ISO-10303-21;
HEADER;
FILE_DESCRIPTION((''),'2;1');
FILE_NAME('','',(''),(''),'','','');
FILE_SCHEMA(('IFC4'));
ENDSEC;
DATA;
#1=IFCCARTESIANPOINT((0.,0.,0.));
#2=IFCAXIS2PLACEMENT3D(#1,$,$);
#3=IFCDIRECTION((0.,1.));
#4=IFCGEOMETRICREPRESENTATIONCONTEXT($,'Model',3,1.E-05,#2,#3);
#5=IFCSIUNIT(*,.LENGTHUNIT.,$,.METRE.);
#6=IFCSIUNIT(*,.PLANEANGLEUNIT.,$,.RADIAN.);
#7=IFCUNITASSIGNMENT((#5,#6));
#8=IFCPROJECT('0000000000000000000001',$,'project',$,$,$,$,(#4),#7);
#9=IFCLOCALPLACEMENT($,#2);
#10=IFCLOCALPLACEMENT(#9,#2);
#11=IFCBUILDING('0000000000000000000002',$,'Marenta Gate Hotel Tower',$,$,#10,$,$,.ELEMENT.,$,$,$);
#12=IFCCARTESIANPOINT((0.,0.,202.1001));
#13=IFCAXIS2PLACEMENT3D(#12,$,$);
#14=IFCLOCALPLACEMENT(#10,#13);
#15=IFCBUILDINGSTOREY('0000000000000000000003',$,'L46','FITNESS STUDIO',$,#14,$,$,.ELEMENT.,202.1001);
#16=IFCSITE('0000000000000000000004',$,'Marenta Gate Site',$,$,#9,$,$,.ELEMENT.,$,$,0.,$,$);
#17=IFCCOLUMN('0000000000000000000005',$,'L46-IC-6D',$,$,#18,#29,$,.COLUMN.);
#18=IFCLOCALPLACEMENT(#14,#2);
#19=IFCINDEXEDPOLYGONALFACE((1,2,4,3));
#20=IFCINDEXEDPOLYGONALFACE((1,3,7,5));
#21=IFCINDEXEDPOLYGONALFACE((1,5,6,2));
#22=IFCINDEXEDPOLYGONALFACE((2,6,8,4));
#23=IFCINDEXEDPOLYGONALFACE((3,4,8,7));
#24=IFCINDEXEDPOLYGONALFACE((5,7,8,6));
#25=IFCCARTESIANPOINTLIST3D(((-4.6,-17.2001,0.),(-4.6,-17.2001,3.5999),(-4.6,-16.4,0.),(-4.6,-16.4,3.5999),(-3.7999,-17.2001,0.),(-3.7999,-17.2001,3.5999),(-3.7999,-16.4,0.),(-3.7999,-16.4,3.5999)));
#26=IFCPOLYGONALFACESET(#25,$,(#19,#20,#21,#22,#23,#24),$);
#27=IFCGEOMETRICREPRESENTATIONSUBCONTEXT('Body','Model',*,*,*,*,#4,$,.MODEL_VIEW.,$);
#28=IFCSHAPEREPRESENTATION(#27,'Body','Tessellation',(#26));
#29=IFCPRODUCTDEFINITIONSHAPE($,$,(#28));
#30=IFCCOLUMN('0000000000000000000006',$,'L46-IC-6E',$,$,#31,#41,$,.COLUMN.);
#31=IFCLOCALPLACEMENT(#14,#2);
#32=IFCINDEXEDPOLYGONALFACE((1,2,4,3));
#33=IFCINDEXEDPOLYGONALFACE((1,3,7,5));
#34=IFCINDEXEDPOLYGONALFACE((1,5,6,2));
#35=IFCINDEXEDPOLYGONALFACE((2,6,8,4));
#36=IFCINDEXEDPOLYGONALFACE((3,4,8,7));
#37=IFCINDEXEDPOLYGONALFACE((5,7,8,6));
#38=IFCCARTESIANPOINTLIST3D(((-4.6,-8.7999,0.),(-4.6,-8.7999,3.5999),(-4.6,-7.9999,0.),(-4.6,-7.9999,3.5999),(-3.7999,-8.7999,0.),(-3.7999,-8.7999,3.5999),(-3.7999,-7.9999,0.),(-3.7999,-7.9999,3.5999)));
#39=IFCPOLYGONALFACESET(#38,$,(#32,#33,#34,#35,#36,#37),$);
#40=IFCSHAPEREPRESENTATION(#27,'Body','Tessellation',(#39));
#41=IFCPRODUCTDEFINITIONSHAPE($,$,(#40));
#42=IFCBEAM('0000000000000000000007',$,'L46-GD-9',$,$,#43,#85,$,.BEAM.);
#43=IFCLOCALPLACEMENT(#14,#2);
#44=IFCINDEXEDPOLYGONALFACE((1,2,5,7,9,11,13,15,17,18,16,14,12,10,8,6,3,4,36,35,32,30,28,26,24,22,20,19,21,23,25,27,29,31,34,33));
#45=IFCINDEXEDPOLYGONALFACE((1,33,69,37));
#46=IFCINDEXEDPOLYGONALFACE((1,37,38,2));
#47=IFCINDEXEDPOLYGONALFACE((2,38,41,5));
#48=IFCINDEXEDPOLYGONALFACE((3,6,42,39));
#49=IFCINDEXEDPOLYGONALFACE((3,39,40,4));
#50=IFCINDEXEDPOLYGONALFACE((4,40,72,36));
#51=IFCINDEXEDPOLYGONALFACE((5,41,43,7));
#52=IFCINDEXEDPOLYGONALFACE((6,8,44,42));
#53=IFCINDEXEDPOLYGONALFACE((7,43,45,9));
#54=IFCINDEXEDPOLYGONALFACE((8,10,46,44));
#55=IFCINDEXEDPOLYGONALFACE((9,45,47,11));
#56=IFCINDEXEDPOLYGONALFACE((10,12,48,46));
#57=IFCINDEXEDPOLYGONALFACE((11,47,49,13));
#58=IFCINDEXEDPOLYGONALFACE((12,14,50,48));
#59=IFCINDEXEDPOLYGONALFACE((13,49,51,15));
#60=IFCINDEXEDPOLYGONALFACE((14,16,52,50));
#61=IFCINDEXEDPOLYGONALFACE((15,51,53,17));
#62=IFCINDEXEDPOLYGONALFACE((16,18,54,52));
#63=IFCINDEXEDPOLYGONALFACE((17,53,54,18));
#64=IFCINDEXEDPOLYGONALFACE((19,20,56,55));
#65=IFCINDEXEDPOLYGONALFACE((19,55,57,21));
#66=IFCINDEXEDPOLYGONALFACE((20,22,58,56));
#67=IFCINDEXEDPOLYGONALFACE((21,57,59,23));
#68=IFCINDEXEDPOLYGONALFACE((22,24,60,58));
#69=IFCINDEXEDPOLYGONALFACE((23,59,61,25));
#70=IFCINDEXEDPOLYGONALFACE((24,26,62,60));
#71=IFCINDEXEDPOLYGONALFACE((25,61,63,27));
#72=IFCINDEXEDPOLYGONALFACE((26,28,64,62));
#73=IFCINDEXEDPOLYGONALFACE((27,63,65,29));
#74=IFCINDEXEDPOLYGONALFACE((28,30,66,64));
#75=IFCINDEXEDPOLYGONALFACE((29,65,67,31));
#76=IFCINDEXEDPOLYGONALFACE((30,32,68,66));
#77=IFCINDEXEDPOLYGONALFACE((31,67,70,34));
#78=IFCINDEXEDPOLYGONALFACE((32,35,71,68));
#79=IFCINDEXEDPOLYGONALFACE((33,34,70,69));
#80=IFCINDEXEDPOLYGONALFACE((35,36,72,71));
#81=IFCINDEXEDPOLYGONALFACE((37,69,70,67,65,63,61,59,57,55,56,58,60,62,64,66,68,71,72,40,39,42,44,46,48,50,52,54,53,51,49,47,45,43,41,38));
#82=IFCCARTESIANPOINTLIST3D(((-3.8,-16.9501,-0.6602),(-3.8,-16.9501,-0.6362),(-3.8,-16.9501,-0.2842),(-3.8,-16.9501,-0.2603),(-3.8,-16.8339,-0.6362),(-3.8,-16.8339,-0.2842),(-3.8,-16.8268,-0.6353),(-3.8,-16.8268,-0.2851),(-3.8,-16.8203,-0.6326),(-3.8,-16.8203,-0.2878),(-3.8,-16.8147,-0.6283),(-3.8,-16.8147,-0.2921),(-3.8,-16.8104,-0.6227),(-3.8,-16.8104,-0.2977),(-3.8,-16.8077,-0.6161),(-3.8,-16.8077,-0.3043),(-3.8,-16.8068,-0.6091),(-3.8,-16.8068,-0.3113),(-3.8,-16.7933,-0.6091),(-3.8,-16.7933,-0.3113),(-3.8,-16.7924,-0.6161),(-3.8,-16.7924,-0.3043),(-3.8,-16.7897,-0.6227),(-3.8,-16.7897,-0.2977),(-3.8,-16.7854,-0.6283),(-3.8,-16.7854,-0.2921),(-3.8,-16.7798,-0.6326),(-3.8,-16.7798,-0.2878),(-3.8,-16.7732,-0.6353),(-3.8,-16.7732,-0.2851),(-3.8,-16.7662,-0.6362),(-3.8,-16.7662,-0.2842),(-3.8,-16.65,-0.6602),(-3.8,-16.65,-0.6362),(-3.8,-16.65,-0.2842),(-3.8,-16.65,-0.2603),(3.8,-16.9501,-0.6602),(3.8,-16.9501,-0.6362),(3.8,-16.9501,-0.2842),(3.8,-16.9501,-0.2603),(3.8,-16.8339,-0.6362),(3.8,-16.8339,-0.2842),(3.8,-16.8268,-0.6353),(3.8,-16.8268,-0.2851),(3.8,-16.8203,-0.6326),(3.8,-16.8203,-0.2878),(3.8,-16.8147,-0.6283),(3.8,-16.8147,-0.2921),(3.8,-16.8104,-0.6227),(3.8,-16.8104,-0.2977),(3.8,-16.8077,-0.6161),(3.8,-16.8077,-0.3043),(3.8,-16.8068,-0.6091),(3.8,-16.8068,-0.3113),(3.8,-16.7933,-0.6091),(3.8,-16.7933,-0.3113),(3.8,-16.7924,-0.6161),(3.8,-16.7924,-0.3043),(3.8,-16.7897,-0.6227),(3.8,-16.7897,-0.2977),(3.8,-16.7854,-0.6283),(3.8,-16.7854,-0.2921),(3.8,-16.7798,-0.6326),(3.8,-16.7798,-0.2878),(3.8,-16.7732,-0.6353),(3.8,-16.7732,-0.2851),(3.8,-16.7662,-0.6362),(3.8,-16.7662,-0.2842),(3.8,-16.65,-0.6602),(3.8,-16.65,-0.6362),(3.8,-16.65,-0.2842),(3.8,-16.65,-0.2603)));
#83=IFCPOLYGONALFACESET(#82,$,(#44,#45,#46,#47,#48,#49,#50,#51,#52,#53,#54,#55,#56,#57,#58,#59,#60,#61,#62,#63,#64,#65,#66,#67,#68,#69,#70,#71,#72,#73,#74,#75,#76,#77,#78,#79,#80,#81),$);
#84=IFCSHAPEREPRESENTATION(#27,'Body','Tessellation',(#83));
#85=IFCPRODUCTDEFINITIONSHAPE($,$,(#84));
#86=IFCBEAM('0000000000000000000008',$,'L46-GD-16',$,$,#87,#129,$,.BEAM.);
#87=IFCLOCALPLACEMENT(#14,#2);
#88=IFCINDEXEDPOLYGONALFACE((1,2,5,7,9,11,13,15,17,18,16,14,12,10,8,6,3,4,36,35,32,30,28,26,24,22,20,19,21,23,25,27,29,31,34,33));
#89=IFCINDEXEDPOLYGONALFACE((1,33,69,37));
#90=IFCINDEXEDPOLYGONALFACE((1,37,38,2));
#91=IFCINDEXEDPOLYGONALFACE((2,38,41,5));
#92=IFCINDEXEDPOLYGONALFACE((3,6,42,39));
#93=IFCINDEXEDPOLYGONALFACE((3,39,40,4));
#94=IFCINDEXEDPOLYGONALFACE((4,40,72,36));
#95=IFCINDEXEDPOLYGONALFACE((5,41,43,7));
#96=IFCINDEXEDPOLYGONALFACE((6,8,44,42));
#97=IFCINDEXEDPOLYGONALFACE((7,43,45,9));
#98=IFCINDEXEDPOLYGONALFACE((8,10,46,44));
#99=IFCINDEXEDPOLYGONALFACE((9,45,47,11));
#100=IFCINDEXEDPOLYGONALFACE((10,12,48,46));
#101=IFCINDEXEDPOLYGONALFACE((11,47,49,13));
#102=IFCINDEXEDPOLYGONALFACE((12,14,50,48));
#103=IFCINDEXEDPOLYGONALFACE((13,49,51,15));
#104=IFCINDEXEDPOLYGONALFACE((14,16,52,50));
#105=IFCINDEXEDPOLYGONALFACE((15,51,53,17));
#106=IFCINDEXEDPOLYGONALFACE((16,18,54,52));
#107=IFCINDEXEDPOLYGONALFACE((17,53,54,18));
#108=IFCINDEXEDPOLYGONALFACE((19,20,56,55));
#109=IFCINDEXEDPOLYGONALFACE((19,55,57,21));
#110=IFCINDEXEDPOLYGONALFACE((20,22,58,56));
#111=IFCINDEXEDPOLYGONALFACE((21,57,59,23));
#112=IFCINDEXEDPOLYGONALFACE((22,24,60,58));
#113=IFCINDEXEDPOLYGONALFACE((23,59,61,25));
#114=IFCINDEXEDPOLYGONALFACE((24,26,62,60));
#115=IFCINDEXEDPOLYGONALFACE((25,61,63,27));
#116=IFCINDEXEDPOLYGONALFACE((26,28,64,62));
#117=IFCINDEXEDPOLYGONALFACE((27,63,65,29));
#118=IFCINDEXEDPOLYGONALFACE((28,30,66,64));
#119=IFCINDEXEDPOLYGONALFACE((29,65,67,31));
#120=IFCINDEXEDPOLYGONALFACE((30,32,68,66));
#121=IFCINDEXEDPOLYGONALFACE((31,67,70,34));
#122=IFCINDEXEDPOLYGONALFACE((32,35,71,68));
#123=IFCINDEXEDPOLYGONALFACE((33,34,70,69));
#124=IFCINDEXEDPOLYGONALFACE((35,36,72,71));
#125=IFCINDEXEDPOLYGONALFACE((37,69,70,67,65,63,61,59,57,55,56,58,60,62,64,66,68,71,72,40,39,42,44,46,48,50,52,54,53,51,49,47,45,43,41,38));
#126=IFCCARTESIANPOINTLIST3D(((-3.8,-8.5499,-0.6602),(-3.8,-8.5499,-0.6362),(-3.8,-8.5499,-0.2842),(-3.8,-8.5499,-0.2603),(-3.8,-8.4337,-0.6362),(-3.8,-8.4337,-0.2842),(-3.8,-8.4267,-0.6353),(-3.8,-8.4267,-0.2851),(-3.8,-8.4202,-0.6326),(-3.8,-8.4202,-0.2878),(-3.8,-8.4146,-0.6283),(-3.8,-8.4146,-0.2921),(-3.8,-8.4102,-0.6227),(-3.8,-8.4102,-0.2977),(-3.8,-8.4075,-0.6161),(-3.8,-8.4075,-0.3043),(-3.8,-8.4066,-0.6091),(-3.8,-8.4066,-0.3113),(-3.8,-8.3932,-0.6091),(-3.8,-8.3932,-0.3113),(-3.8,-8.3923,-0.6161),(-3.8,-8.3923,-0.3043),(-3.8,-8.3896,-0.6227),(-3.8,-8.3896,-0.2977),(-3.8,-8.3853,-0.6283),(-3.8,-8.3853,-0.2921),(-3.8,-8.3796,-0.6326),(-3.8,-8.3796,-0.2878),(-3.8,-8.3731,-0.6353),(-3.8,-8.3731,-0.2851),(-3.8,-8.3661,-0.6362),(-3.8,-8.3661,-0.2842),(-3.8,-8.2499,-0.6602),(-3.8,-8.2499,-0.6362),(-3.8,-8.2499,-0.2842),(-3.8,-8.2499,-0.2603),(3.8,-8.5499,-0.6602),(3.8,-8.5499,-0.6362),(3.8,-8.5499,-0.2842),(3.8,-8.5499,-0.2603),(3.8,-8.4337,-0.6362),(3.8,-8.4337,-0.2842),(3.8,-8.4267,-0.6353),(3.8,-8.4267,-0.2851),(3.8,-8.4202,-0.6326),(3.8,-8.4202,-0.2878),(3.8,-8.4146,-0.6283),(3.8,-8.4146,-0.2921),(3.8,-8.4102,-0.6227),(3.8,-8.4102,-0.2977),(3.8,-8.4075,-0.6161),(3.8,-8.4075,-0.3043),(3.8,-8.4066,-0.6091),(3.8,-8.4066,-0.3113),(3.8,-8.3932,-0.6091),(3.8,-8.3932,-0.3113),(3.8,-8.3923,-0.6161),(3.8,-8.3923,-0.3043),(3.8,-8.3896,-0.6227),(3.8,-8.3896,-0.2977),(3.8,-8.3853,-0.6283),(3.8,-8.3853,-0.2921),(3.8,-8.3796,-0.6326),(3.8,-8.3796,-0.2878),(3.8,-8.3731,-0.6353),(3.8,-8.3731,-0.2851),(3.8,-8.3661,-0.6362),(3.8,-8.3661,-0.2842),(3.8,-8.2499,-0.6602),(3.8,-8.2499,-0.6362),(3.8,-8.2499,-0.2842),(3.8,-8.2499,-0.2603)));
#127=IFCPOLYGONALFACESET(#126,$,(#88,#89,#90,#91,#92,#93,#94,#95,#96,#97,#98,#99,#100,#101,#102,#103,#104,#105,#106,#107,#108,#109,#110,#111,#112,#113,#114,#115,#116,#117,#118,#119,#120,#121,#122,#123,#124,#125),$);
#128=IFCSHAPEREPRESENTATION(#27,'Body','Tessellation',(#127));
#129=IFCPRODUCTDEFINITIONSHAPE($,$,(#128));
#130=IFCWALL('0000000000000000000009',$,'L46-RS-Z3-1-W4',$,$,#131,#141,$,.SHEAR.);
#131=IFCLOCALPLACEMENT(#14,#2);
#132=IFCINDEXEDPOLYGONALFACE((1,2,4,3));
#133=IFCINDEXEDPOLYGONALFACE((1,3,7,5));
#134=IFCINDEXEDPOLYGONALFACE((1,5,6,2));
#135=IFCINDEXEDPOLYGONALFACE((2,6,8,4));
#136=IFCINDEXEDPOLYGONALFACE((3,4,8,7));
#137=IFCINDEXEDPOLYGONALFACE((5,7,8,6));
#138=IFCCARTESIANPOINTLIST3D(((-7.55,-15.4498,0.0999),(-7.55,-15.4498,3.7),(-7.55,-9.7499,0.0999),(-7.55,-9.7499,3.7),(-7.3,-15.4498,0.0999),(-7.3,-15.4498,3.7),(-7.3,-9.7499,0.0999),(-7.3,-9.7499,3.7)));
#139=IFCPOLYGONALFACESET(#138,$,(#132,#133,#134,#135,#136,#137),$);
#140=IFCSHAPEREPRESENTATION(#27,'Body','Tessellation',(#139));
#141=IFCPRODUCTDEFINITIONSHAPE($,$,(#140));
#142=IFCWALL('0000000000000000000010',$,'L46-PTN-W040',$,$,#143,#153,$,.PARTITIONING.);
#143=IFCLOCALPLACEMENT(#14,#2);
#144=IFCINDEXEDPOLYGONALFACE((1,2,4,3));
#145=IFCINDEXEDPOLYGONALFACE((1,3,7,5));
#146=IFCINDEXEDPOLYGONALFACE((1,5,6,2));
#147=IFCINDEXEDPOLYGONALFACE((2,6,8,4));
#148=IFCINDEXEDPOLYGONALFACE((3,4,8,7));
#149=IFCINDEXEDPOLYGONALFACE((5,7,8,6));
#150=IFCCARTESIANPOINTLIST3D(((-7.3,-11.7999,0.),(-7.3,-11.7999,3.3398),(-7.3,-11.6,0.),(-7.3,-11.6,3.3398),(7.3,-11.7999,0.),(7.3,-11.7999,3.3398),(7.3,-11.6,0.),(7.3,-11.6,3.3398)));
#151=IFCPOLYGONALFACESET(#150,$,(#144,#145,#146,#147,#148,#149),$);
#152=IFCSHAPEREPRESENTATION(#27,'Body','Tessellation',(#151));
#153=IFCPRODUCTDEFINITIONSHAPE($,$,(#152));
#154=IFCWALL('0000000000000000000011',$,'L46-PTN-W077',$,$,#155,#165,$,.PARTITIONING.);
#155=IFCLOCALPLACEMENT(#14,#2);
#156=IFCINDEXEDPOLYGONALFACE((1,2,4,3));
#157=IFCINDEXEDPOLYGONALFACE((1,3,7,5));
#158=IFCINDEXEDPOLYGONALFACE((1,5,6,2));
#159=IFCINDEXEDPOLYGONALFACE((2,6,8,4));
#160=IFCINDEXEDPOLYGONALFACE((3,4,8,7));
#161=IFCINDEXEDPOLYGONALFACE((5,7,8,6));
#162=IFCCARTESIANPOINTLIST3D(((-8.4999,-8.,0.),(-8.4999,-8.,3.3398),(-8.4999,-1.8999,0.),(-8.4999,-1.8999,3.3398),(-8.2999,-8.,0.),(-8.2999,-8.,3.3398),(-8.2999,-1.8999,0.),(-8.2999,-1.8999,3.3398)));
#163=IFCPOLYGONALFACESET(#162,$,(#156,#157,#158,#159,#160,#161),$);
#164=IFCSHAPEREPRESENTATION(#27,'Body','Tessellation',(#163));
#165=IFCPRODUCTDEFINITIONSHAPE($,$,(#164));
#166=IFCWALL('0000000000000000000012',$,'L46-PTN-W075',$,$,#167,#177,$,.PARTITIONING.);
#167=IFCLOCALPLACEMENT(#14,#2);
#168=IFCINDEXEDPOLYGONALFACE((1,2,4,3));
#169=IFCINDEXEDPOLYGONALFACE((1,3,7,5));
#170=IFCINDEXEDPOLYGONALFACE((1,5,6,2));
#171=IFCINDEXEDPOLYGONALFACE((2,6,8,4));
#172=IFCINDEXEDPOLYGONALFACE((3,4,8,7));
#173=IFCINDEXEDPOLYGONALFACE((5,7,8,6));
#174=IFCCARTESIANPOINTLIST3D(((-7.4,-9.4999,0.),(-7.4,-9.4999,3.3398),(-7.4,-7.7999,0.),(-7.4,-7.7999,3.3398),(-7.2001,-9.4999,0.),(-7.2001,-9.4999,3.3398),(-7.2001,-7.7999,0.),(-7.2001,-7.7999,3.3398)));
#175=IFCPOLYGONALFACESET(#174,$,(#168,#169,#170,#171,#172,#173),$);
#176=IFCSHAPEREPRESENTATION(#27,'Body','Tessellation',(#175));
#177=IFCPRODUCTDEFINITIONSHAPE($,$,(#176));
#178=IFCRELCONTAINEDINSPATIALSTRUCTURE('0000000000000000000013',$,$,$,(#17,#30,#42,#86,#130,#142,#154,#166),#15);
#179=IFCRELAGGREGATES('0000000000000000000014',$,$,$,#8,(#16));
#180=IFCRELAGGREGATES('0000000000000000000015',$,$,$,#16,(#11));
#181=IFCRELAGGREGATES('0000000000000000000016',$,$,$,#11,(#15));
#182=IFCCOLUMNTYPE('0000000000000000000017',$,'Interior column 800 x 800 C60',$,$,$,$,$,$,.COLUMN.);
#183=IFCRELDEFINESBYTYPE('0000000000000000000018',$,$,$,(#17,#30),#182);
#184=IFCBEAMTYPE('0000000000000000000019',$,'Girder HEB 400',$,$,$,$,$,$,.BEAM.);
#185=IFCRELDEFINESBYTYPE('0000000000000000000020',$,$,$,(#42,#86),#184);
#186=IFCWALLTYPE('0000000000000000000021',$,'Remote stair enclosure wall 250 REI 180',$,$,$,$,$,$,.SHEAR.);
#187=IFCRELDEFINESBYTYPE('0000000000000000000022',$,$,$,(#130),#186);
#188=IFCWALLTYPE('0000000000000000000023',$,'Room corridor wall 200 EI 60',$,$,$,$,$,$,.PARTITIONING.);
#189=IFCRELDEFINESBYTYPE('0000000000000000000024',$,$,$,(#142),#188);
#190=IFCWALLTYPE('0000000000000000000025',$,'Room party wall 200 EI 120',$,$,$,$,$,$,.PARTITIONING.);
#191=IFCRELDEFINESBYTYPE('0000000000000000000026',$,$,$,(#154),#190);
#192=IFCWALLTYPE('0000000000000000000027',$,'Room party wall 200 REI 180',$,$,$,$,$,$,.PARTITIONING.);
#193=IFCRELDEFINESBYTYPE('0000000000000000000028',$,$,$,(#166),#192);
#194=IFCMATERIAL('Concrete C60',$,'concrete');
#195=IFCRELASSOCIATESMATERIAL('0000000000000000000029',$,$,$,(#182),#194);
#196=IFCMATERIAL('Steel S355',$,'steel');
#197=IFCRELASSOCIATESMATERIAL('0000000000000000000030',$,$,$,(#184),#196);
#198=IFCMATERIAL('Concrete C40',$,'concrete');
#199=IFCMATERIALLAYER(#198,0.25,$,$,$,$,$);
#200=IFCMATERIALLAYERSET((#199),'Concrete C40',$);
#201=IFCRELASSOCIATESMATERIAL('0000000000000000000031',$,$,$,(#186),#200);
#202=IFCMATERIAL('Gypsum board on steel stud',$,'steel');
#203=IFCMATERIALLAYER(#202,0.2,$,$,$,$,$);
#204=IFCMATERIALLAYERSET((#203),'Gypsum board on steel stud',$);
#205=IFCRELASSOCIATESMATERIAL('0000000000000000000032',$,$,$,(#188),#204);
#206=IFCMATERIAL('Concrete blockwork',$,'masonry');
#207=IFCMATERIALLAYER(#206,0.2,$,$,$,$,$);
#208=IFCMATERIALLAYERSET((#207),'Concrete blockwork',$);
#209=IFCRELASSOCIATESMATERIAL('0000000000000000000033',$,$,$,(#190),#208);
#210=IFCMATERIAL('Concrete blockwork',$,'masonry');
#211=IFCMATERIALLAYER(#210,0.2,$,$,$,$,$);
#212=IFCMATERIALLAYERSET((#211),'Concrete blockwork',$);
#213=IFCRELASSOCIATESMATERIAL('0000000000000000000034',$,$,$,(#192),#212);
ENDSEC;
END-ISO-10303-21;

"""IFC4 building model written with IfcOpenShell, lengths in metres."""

from ifc_helpers import new_model, si_unit, direction, frame, frame_2d, origin, origin_2d, place, context, subcontext, project, spatial, rectangle, i_section, extrude, material, layer, layer_set, material_profile, profile_set, type_object, element, save


model = new_model("IFC4")

# Units and contexts
model_context = context("Model", 3, precision=1e-05, world=origin(), true_north=direction((0.0, 1.0)))
body_context = subcontext(model_context, "Body", "Model", "MODEL_VIEW")
ifc_project = project(units=[si_unit("LENGTHUNIT", "METRE"), si_unit("PLANEANGLEUNIT", "RADIAN")], contexts=[model_context])

# Site, building, storey
site_placement = place(None, origin())
site = spatial("IfcSite", under=ifc_project, at=site_placement, Name="Marenta Gate Site", CompositionType="ELEMENT", RefElevation=0.0)
building_placement = place(site_placement, origin())
building = spatial("IfcBuilding", under=site, at=building_placement, Name="Marenta Gate Hotel Tower", CompositionType="ELEMENT")
storey_placement = place(building_placement, frame((0.0, 0.0, 202.1001)))
storey = spatial("IfcBuildingStorey", under=building, at=storey_placement, Name="L46", Description="FITNESS STUDIO", CompositionType="ELEMENT", Elevation=202.1001)

# Columns
ifc_material_1 = material(Name="Concrete C60", Category="concrete")
ifc_material_profile_1 = material_profile(ifc_material_1, rectangle(XDim=0.8, YDim=0.8, at=origin_2d()), Name="800 x 800")
ifc_profile_set_1 = profile_set([ifc_material_profile_1], Name="Concrete C60")
column_type = type_object("IfcColumnType", Name="Interior column 800 x 800 C60", PredefinedType="COLUMN", material=ifc_profile_set_1)
for number, where, z_axis, x_axis, name in (
    (1, (-4.2, -16.8, 0.0), (0.0, 0.0, 1.0), (1.0, 0.0, 0.0), "L46-IC-6D"),
    (2, (-4.2, -8.3999, 0.0), (0.0, 0.0, 1.0), (1.0, 0.0, 0.0), "L46-IC-6E"),
):
    element("IfcColumn", number, at=place(storey_placement, frame(where, z_axis=z_axis, x_axis=x_axis)), inside=storey, type_object=column_type, Name=name, PredefinedType="COLUMN", context=body_context, shape_type="SweptSolid", body=[
        extrude(rectangle(XDim=0.8, YDim=0.8, at=origin_2d()), origin(), (0.0, 0.0, 1.0), 3.5999),
    ])

# Beams
ifc_material_2 = material(Name="Steel S355", Category="steel")
ifc_material_profile_2 = material_profile(ifc_material_2, i_section(OverallWidth=0.3, OverallDepth=0.3999, WebThickness=0.0134, FlangeThickness=0.0239, FilletRadius=0.0271, at=origin_2d()), Name="HEB 400")
ifc_profile_set_2 = profile_set([ifc_material_profile_2], Name="Steel S355")
beam_type = type_object("IfcBeamType", Name="Girder HEB 400", PredefinedType="BEAM", material=ifc_profile_set_2)
for number, where, z_axis, x_axis, name in (
    (3, (-3.8, -16.8, -0.4602), (1.0, 0.0, 0.0), (0.0, 1.0, 0.0), "L46-GD-9"),
    (4, (-3.8, -8.3999, -0.4602), (1.0, 0.0, 0.0), (0.0, 1.0, 0.0), "L46-GD-16"),
):
    element("IfcBeam", number, at=place(storey_placement, frame(where, z_axis=z_axis, x_axis=x_axis)), inside=storey, type_object=beam_type, Name=name, PredefinedType="BEAM", context=body_context, shape_type="SweptSolid", body=[
        extrude(i_section(OverallWidth=0.3, OverallDepth=0.3999, WebThickness=0.0134, FlangeThickness=0.0239, FilletRadius=0.0271, at=origin_2d()), origin(), (0.0, 0.0, 1.0), 7.6001),
    ])

# Wall
ifc_material_3 = material(Name="Concrete C40", Category="concrete")
ifc_layer_1 = layer(ifc_material_3, 0.25)
ifc_layer_set_1 = layer_set([ifc_layer_1], Name="Concrete C40")
wall_type_1 = type_object("IfcWallType", Name="Remote stair enclosure wall 250 REI 180", PredefinedType="SHEAR", material=ifc_layer_set_1)
wall_1_placement = place(storey_placement, frame((-7.425, -15.45, 0.0999), z_axis=(0.0, 0.0, 1.0), x_axis=(0.0, 1.0, 0.0)))
element("IfcWall", 5, at=wall_1_placement, inside=storey, type_object=wall_type_1, Name="L46-RS-Z3-1-W4", PredefinedType="SHEAR", context=body_context, shape_type="SweptSolid", body=[
    extrude(rectangle(XDim=5.7, YDim=0.25, at=frame_2d((2.8501, 0.0))), origin(), (0.0, 0.0, 1.0), 3.6001),
])

# Shared definitions
ifc_material_4 = material(Name="Gypsum board on steel stud", Category="steel")
ifc_layer_2 = layer(ifc_material_4, 0.2)
ifc_layer_set_2 = layer_set([ifc_layer_2], Name="Gypsum board on steel stud")
wall_type_2 = type_object("IfcWallType", Name="Room corridor wall 200 EI 60", PredefinedType="PARTITIONING", material=ifc_layer_set_2)

# Walls
wall_2_placement = place(storey_placement, frame((-7.3, -11.7, 0.0), z_axis=(0.0, 0.0, 1.0), x_axis=(1.0, 0.0, 0.0)))
element("IfcWall", 6, at=wall_2_placement, inside=storey, type_object=wall_type_2, Name="L46-PTN-W040", PredefinedType="PARTITIONING", context=body_context, shape_type="SweptSolid", body=[
    extrude(rectangle(XDim=14.6001, YDim=0.2, at=frame_2d((7.3, 0.0))), origin(), (0.0, 0.0, 1.0), 3.3398),
])
ifc_material_5 = material(Name="Concrete blockwork", Category="masonry")
ifc_layer_3 = layer(ifc_material_5, 0.2)
ifc_layer_set_3 = layer_set([ifc_layer_3], Name="Concrete blockwork")
wall_type_3 = type_object("IfcWallType", Name="Room party wall 200 EI 120", PredefinedType="PARTITIONING", material=ifc_layer_set_3)
wall_3_placement = place(storey_placement, frame((-8.3999, -8.0, 0.0), z_axis=(0.0, 0.0, 1.0), x_axis=(0.0, 1.0, 0.0)))
element("IfcWall", 7, at=wall_3_placement, inside=storey, type_object=wall_type_3, Name="L46-PTN-W077", PredefinedType="PARTITIONING", context=body_context, shape_type="SweptSolid", body=[
    extrude(rectangle(XDim=6.1001, YDim=0.2, at=frame_2d((3.05, 0.0))), origin(), (0.0, 0.0, 1.0), 3.3398),
])
ifc_material_6 = material(Name="Concrete blockwork", Category="masonry")
ifc_layer_4 = layer(ifc_material_6, 0.2)
ifc_layer_set_4 = layer_set([ifc_layer_4], Name="Concrete blockwork")
wall_type_4 = type_object("IfcWallType", Name="Room party wall 200 REI 180", PredefinedType="PARTITIONING", material=ifc_layer_set_4)
wall_4_placement = place(storey_placement, frame((-7.3, -9.5, 0.0), z_axis=(0.0, 0.0, 1.0), x_axis=(0.0, 1.0, 0.0)))
element("IfcWall", 8, at=wall_4_placement, inside=storey, type_object=wall_type_4, Name="L46-PTN-W075", PredefinedType="PARTITIONING", context=body_context, shape_type="SweptSolid", body=[
    extrude(rectangle(XDim=1.7, YDim=0.2, at=frame_2d((0.8501, 0.0))), origin(), (0.0, 0.0, 1.0), 3.3398),
])

save(model, "model.ifc")
